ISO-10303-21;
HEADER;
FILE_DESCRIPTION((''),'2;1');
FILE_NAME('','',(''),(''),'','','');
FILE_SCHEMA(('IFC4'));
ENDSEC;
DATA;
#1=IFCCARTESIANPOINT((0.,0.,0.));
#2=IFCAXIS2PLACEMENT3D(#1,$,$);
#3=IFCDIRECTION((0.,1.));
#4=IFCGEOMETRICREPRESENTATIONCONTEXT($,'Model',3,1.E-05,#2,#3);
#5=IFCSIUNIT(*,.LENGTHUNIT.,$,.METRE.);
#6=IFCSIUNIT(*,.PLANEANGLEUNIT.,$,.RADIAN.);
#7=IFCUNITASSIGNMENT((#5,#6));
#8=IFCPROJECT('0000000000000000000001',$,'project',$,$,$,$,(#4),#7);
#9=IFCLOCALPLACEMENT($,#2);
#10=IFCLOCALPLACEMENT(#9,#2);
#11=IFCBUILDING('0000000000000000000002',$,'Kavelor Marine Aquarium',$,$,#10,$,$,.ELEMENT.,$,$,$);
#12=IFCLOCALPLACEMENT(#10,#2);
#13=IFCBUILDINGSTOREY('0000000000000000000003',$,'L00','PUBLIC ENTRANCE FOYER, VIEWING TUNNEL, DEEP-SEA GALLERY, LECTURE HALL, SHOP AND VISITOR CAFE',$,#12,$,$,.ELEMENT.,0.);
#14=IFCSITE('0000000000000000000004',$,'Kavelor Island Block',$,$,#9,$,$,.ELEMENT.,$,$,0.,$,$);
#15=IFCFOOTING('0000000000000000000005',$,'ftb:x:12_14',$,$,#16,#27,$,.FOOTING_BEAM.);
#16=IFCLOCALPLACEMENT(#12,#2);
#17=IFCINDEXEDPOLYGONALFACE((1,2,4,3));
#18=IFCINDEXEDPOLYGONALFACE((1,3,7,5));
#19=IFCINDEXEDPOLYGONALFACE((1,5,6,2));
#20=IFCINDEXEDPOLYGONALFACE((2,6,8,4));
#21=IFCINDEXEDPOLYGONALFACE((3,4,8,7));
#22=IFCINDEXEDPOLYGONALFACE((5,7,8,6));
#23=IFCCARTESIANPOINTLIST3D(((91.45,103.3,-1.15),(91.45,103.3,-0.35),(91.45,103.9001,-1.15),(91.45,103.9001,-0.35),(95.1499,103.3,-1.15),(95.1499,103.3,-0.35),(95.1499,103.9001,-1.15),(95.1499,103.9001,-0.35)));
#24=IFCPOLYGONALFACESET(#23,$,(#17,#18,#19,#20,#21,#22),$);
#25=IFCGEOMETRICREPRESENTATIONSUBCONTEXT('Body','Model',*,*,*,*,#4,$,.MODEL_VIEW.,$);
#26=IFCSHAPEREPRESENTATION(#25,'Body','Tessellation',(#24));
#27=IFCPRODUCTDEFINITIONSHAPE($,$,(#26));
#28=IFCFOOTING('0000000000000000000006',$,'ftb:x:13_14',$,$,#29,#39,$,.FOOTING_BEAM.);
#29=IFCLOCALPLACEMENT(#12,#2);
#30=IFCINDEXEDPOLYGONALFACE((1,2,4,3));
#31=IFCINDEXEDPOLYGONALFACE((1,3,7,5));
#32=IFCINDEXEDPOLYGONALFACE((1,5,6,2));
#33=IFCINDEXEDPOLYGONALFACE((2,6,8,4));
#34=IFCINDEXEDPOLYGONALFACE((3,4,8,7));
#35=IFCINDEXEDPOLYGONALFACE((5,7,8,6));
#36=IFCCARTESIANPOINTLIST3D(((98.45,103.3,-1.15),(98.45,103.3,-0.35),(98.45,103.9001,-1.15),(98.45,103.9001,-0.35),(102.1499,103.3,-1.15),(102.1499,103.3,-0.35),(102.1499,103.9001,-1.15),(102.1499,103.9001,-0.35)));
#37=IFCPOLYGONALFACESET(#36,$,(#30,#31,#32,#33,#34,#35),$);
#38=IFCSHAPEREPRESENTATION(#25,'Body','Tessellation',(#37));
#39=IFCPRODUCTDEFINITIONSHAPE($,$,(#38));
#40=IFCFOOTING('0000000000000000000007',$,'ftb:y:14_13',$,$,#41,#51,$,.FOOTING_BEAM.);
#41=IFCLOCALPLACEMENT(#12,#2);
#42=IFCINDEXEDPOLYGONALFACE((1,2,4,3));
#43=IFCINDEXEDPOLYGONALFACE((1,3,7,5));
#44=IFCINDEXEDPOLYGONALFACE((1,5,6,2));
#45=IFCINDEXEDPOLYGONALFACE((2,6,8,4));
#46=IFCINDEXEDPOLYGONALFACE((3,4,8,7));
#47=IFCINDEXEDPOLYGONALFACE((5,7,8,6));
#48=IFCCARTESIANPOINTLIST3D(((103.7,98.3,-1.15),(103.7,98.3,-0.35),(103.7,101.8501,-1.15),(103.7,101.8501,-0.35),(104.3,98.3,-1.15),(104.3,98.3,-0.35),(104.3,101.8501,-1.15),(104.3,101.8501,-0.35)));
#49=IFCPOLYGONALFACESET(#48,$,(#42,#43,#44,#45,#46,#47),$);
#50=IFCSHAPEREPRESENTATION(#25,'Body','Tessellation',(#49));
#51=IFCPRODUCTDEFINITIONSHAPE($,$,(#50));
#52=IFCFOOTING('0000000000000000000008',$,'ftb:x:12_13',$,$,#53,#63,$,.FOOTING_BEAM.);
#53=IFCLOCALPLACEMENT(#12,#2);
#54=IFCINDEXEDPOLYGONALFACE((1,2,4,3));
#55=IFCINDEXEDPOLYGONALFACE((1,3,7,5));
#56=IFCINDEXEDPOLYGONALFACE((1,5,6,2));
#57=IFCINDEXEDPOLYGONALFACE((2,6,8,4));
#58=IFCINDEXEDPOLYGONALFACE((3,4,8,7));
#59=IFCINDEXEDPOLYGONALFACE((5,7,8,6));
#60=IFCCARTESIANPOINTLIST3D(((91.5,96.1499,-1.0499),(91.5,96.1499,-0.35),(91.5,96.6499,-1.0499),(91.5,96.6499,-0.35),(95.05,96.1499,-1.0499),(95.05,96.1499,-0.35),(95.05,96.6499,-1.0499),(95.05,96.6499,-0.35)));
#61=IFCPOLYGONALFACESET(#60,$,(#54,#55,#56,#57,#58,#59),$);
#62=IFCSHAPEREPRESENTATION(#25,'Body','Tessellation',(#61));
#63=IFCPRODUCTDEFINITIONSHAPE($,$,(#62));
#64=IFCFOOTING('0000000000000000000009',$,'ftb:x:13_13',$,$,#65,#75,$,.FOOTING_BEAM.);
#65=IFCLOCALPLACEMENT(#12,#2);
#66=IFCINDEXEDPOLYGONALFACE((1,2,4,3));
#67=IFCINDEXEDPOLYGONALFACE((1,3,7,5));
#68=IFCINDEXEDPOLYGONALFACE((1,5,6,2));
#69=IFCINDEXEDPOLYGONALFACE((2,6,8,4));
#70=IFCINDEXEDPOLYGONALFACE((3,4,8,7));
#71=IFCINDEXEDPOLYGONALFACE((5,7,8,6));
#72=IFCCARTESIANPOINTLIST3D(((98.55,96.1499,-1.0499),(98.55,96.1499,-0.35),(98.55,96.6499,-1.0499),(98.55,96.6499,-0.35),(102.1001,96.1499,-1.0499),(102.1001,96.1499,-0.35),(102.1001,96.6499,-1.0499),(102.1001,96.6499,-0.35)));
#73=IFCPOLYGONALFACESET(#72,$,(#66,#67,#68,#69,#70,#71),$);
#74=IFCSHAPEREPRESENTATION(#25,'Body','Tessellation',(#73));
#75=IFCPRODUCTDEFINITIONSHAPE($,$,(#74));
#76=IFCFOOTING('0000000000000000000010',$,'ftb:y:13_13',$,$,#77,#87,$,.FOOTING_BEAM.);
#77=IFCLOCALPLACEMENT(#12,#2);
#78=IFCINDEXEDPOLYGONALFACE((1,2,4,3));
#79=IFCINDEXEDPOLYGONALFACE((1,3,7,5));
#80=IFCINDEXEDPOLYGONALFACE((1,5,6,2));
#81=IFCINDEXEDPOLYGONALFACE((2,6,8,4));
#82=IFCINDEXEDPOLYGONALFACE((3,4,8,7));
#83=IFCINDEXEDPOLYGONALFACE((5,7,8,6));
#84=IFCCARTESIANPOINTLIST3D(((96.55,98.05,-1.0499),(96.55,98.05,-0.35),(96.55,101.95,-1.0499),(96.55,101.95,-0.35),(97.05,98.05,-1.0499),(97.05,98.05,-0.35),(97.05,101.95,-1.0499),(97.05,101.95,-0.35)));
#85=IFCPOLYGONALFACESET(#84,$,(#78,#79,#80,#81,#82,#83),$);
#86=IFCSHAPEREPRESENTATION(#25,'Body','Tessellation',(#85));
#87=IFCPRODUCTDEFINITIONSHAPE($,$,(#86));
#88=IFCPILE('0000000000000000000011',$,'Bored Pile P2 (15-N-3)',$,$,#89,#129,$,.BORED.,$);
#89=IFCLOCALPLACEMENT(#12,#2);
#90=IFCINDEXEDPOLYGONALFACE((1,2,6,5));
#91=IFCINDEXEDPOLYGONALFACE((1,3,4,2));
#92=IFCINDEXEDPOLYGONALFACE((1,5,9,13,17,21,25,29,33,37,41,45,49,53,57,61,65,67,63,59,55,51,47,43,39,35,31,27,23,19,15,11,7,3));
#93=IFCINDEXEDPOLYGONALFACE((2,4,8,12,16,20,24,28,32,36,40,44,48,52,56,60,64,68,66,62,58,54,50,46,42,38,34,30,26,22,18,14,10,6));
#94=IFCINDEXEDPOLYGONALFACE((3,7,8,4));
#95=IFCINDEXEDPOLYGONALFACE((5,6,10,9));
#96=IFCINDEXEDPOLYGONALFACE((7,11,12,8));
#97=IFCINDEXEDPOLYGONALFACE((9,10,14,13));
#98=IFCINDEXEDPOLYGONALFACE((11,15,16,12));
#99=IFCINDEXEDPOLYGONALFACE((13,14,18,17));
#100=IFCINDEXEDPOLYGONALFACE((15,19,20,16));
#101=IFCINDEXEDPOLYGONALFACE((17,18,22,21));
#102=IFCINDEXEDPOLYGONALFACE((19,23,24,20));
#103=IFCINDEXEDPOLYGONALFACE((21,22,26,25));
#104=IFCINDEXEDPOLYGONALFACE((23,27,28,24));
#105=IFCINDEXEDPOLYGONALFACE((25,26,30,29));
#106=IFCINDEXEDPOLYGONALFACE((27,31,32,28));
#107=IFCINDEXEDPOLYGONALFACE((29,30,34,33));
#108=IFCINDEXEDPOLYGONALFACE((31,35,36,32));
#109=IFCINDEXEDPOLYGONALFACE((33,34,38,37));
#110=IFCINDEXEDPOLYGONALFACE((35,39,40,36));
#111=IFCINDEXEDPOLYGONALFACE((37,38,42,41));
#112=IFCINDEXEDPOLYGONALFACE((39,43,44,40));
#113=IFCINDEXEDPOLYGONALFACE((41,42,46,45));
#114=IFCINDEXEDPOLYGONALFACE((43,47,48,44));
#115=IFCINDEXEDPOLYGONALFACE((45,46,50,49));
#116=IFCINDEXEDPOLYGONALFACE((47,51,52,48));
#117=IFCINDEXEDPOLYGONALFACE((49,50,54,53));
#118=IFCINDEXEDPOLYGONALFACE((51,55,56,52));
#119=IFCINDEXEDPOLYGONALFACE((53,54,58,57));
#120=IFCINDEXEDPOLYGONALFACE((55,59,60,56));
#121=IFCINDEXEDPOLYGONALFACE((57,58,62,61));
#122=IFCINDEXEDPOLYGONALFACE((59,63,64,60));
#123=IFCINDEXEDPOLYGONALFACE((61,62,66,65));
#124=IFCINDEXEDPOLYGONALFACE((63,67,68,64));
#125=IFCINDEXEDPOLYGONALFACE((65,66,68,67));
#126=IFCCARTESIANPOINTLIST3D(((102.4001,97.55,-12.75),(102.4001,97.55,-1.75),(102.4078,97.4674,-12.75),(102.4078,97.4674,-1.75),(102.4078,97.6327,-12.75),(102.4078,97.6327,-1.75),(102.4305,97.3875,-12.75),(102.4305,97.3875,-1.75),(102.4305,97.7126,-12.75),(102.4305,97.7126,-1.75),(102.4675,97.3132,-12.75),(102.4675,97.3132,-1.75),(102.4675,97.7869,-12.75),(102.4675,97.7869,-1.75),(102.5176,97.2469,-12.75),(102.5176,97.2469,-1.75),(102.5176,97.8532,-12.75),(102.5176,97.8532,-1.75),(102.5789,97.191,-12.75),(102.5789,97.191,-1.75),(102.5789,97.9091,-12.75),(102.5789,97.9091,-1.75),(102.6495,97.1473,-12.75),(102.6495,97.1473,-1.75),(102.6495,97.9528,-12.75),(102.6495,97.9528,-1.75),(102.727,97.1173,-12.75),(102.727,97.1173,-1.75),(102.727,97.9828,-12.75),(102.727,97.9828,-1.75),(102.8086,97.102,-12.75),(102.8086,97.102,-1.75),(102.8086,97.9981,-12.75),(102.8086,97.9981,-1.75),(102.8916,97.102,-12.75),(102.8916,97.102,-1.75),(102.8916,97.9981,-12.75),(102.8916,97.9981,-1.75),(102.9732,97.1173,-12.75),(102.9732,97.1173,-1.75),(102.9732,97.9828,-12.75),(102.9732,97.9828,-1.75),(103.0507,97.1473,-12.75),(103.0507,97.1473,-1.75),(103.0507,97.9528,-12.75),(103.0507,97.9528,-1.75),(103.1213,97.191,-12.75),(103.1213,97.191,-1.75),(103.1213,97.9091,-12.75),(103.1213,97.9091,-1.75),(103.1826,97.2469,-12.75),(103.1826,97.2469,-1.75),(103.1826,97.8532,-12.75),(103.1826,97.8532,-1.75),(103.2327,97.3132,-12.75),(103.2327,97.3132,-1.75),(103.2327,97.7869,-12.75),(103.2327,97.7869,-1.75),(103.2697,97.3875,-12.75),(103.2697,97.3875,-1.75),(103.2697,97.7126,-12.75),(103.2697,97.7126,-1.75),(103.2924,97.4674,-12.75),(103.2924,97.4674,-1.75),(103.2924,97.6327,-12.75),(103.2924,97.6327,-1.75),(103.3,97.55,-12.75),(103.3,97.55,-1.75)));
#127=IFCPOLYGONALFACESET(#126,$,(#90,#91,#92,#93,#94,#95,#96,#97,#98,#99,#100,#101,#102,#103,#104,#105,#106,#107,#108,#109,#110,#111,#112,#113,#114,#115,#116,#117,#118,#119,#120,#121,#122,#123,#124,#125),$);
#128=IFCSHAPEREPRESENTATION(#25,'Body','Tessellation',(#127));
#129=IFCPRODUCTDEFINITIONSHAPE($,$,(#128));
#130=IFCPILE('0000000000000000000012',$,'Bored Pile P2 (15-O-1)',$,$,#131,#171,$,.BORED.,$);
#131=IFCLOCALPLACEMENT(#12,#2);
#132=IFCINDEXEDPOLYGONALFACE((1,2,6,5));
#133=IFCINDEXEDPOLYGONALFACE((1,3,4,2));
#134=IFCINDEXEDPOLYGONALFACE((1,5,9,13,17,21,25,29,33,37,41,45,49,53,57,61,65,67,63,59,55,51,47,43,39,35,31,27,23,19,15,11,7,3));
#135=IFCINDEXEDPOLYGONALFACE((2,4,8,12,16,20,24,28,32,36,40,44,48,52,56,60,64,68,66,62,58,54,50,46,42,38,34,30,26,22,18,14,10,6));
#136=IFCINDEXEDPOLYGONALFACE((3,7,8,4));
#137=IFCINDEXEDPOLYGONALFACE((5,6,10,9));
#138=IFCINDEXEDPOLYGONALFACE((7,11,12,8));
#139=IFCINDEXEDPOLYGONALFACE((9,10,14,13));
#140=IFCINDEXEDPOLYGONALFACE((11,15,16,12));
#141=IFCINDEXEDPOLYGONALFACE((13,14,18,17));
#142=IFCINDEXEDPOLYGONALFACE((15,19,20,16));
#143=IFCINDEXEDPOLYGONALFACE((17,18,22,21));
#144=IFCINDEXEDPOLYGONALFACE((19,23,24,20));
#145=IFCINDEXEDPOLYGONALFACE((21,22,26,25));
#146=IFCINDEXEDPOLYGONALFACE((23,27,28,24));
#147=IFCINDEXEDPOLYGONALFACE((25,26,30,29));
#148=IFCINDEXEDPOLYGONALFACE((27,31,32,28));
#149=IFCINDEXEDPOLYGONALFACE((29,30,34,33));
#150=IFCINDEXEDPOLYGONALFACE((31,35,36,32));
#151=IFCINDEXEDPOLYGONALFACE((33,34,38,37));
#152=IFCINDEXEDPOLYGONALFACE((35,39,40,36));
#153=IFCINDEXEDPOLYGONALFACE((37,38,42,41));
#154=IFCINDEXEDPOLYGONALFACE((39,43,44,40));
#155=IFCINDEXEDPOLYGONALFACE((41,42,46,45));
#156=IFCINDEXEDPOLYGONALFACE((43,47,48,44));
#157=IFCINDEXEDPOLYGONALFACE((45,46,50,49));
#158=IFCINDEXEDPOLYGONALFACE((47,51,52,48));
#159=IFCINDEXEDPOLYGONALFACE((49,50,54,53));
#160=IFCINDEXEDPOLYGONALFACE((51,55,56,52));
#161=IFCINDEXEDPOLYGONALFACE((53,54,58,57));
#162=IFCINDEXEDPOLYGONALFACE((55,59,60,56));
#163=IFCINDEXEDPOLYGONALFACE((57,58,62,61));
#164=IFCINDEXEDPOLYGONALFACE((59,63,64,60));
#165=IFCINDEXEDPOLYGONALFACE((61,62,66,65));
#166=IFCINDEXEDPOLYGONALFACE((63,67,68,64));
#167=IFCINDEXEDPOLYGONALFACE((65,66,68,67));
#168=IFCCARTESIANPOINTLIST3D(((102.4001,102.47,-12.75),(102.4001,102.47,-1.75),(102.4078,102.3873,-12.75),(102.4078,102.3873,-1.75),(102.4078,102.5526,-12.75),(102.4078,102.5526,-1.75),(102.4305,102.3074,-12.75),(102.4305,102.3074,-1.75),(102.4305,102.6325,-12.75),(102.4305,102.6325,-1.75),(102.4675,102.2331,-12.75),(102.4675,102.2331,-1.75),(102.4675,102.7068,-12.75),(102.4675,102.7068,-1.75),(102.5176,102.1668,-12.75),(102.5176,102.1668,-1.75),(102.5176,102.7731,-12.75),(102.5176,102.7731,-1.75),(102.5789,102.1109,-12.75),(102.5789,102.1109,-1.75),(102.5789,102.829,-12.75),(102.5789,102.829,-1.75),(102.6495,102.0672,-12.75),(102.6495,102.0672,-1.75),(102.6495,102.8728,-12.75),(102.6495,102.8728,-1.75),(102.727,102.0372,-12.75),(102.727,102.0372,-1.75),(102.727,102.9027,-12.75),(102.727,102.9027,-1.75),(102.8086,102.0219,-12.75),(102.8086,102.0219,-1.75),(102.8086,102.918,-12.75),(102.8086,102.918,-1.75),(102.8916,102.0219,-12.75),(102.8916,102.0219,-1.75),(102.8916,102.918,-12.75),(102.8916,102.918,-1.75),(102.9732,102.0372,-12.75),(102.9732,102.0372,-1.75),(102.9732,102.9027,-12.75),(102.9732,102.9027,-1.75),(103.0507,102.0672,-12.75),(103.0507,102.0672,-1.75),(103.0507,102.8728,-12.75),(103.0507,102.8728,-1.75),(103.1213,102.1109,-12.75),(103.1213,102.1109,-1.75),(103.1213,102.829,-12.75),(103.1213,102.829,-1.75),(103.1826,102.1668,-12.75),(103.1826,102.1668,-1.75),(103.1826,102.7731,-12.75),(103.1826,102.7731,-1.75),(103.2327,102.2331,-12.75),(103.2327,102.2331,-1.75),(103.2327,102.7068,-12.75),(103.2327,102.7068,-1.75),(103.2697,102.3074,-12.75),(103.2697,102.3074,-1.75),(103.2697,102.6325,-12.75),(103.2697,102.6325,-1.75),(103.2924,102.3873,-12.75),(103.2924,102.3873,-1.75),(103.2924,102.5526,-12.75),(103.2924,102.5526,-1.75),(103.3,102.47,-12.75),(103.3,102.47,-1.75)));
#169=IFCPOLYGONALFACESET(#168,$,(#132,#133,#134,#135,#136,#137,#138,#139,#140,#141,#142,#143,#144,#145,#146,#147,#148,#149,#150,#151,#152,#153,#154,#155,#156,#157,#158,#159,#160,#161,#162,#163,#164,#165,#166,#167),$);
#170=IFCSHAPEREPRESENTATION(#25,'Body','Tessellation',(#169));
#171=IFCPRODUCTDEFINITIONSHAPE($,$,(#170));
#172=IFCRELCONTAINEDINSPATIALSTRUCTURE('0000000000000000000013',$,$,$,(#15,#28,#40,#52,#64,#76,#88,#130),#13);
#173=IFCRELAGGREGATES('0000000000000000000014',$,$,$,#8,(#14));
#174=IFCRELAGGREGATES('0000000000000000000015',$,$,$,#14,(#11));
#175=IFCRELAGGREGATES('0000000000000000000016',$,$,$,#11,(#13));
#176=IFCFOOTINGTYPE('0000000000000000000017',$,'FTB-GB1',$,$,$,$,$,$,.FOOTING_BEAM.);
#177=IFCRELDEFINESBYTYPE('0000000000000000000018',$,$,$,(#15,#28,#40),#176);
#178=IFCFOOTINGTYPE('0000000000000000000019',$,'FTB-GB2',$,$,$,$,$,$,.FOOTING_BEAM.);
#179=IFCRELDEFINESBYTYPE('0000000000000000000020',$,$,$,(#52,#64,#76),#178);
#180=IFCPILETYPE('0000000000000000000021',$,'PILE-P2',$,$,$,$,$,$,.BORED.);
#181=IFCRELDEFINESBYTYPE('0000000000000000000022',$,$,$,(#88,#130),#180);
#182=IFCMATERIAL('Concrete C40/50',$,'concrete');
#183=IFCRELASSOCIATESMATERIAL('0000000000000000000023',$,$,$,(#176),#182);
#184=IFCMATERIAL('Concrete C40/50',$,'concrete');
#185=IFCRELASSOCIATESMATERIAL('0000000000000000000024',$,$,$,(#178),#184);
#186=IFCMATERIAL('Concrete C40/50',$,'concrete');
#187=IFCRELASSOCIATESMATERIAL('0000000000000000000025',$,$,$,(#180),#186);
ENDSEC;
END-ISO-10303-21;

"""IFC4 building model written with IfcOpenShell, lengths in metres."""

from ifc_helpers import new_model, si_unit, direction, frame, origin, origin_2d, place, context, subcontext, project, spatial, rectangle, circle, extrude, material, material_profile, profile_set, type_object, element, save


model = new_model("IFC4")

# Units and contexts
model_context = context("Model", 3, precision=1e-05, world=origin(), true_north=direction((0.0, 1.0)))
body_context = subcontext(model_context, "Body", "Model", "MODEL_VIEW")
ifc_project = project(units=[si_unit("LENGTHUNIT", "METRE"), si_unit("PLANEANGLEUNIT", "RADIAN")], contexts=[model_context])

# Site, building, storey
site_placement = place(None, origin())
site = spatial("IfcSite", under=ifc_project, at=site_placement, Name="Kavelor Island Block", CompositionType="ELEMENT", RefElevation=0.0)
building_placement = place(site_placement, origin())
building = spatial("IfcBuilding", under=site, at=building_placement, Name="Kavelor Marine Aquarium", CompositionType="ELEMENT")
storey_placement = place(building_placement, origin())
storey = spatial("IfcBuildingStorey", under=building, at=storey_placement, Name="L00", Description="PUBLIC ENTRANCE FOYER, VIEWING TUNNEL, DEEP-SEA GALLERY, LECTURE HALL, SHOP AND VISITOR CAFE", CompositionType="ELEMENT", Elevation=0.0)

# Footings
ifc_material_1 = material(Name="Concrete C40/50", Category="concrete")
ifc_material_profile_1 = material_profile(ifc_material_1, rectangle(XDim=0.6001, YDim=0.8, at=origin_2d()), Name="GB 600x800")
ifc_profile_set_1 = profile_set([ifc_material_profile_1], Name="Concrete C40/50")
footing_type_1 = type_object("IfcFootingType", Name="FTB-GB1", PredefinedType="FOOTING_BEAM", material=ifc_profile_set_1)
for number, where, z_axis, x_axis, name in (
    (1, (91.45, 103.6001, -0.75), (1.0, 0.0, 0.0), (0.0, 1.0, 0.0), "ftb:x:12_14"),
    (2, (98.45, 103.6001, -0.75), (1.0, 0.0, 0.0), (0.0, 1.0, 0.0), "ftb:x:13_14"),
):
    element("IfcFooting", number, at=place(storey_placement, frame(where, z_axis=z_axis, x_axis=x_axis)), inside=storey, type_object=footing_type_1, Name=name, PredefinedType="FOOTING_BEAM", context=body_context, shape_type="SweptSolid", body=[
        extrude(rectangle(XDim=0.6001, YDim=0.8, at=origin_2d()), origin(), (0.0, 0.0, 1.0), 3.7),
    ])
footing_1_placement = place(storey_placement, frame((104.0, 98.3, -0.75), z_axis=(0.0, 1.0, 0.0), x_axis=(-1.0, 0.0, 0.0)))
element("IfcFooting", 3, at=footing_1_placement, inside=storey, type_object=footing_type_1, Name="ftb:y:14_13", PredefinedType="FOOTING_BEAM", context=body_context, shape_type="SweptSolid", body=[
    extrude(rectangle(XDim=0.6001, YDim=0.8, at=origin_2d()), origin(), (0.0, 0.0, 1.0), 3.55),
])
ifc_material_2 = material(Name="Concrete C40/50", Category="concrete")
ifc_material_profile_2 = material_profile(ifc_material_2, rectangle(XDim=0.5, YDim=0.7, at=origin_2d()), Name="GB 500x700")
ifc_profile_set_2 = profile_set([ifc_material_profile_2], Name="Concrete C40/50")
footing_type_2 = type_object("IfcFootingType", Name="FTB-GB2", PredefinedType="FOOTING_BEAM", material=ifc_profile_set_2)
for number, where, z_axis, x_axis, name in (
    (4, (91.5, 96.3999, -0.7), (1.0, 0.0, 0.0), (0.0, 1.0, 0.0), "ftb:x:12_13"),
    (5, (98.55, 96.3999, -0.7), (1.0, 0.0, 0.0), (0.0, 1.0, 0.0), "ftb:x:13_13"),
):
    element("IfcFooting", number, at=place(storey_placement, frame(where, z_axis=z_axis, x_axis=x_axis)), inside=storey, type_object=footing_type_2, Name=name, PredefinedType="FOOTING_BEAM", context=body_context, shape_type="SweptSolid", body=[
        extrude(rectangle(XDim=0.5, YDim=0.7, at=origin_2d()), origin(), (0.0, 0.0, 1.0), 3.55),
    ])
footing_2_placement = place(storey_placement, frame((96.8, 98.05, -0.7), z_axis=(0.0, 1.0, 0.0), x_axis=(-1.0, 0.0, 0.0)))
element("IfcFooting", 6, at=footing_2_placement, inside=storey, type_object=footing_type_2, Name="ftb:y:13_13", PredefinedType="FOOTING_BEAM", context=body_context, shape_type="SweptSolid", body=[
    extrude(rectangle(XDim=0.5, YDim=0.7, at=origin_2d()), origin(), (0.0, 0.0, 1.0), 3.8999),
])

# Piles
ifc_material_3 = material(Name="Concrete C40/50", Category="concrete")
ifc_material_profile_3 = material_profile(ifc_material_3, circle(Radius=0.45, at=origin_2d()), Name="PILE D900")
ifc_profile_set_3 = profile_set([ifc_material_profile_3], Name="Concrete C40/50")
pile_type_1 = type_object("IfcPileType", Name="PILE-P2", PredefinedType="BORED", material=ifc_profile_set_3)
for number, where, z_axis, x_axis, name in (
    (7, (102.8501, 97.55, -1.75), (0.0, 0.0, -1.0), (1.0, 0.0, 0.0), "Bored Pile P2 (15-N-3)"),
    (8, (102.8501, 102.47, -1.75), (0.0, 0.0, -1.0), (1.0, 0.0, 0.0), "Bored Pile P2 (15-O-1)"),
):
    element("IfcPile", number, at=place(storey_placement, frame(where, z_axis=z_axis, x_axis=x_axis)), inside=storey, type_object=pile_type_1, Name=name, PredefinedType="BORED", context=body_context, shape_type="SweptSolid", body=[
        extrude(circle(Radius=0.45, at=origin_2d()), origin(), (0.0, 0.0, 1.0), 11.0),
    ])

save(model, "model.ifc")
